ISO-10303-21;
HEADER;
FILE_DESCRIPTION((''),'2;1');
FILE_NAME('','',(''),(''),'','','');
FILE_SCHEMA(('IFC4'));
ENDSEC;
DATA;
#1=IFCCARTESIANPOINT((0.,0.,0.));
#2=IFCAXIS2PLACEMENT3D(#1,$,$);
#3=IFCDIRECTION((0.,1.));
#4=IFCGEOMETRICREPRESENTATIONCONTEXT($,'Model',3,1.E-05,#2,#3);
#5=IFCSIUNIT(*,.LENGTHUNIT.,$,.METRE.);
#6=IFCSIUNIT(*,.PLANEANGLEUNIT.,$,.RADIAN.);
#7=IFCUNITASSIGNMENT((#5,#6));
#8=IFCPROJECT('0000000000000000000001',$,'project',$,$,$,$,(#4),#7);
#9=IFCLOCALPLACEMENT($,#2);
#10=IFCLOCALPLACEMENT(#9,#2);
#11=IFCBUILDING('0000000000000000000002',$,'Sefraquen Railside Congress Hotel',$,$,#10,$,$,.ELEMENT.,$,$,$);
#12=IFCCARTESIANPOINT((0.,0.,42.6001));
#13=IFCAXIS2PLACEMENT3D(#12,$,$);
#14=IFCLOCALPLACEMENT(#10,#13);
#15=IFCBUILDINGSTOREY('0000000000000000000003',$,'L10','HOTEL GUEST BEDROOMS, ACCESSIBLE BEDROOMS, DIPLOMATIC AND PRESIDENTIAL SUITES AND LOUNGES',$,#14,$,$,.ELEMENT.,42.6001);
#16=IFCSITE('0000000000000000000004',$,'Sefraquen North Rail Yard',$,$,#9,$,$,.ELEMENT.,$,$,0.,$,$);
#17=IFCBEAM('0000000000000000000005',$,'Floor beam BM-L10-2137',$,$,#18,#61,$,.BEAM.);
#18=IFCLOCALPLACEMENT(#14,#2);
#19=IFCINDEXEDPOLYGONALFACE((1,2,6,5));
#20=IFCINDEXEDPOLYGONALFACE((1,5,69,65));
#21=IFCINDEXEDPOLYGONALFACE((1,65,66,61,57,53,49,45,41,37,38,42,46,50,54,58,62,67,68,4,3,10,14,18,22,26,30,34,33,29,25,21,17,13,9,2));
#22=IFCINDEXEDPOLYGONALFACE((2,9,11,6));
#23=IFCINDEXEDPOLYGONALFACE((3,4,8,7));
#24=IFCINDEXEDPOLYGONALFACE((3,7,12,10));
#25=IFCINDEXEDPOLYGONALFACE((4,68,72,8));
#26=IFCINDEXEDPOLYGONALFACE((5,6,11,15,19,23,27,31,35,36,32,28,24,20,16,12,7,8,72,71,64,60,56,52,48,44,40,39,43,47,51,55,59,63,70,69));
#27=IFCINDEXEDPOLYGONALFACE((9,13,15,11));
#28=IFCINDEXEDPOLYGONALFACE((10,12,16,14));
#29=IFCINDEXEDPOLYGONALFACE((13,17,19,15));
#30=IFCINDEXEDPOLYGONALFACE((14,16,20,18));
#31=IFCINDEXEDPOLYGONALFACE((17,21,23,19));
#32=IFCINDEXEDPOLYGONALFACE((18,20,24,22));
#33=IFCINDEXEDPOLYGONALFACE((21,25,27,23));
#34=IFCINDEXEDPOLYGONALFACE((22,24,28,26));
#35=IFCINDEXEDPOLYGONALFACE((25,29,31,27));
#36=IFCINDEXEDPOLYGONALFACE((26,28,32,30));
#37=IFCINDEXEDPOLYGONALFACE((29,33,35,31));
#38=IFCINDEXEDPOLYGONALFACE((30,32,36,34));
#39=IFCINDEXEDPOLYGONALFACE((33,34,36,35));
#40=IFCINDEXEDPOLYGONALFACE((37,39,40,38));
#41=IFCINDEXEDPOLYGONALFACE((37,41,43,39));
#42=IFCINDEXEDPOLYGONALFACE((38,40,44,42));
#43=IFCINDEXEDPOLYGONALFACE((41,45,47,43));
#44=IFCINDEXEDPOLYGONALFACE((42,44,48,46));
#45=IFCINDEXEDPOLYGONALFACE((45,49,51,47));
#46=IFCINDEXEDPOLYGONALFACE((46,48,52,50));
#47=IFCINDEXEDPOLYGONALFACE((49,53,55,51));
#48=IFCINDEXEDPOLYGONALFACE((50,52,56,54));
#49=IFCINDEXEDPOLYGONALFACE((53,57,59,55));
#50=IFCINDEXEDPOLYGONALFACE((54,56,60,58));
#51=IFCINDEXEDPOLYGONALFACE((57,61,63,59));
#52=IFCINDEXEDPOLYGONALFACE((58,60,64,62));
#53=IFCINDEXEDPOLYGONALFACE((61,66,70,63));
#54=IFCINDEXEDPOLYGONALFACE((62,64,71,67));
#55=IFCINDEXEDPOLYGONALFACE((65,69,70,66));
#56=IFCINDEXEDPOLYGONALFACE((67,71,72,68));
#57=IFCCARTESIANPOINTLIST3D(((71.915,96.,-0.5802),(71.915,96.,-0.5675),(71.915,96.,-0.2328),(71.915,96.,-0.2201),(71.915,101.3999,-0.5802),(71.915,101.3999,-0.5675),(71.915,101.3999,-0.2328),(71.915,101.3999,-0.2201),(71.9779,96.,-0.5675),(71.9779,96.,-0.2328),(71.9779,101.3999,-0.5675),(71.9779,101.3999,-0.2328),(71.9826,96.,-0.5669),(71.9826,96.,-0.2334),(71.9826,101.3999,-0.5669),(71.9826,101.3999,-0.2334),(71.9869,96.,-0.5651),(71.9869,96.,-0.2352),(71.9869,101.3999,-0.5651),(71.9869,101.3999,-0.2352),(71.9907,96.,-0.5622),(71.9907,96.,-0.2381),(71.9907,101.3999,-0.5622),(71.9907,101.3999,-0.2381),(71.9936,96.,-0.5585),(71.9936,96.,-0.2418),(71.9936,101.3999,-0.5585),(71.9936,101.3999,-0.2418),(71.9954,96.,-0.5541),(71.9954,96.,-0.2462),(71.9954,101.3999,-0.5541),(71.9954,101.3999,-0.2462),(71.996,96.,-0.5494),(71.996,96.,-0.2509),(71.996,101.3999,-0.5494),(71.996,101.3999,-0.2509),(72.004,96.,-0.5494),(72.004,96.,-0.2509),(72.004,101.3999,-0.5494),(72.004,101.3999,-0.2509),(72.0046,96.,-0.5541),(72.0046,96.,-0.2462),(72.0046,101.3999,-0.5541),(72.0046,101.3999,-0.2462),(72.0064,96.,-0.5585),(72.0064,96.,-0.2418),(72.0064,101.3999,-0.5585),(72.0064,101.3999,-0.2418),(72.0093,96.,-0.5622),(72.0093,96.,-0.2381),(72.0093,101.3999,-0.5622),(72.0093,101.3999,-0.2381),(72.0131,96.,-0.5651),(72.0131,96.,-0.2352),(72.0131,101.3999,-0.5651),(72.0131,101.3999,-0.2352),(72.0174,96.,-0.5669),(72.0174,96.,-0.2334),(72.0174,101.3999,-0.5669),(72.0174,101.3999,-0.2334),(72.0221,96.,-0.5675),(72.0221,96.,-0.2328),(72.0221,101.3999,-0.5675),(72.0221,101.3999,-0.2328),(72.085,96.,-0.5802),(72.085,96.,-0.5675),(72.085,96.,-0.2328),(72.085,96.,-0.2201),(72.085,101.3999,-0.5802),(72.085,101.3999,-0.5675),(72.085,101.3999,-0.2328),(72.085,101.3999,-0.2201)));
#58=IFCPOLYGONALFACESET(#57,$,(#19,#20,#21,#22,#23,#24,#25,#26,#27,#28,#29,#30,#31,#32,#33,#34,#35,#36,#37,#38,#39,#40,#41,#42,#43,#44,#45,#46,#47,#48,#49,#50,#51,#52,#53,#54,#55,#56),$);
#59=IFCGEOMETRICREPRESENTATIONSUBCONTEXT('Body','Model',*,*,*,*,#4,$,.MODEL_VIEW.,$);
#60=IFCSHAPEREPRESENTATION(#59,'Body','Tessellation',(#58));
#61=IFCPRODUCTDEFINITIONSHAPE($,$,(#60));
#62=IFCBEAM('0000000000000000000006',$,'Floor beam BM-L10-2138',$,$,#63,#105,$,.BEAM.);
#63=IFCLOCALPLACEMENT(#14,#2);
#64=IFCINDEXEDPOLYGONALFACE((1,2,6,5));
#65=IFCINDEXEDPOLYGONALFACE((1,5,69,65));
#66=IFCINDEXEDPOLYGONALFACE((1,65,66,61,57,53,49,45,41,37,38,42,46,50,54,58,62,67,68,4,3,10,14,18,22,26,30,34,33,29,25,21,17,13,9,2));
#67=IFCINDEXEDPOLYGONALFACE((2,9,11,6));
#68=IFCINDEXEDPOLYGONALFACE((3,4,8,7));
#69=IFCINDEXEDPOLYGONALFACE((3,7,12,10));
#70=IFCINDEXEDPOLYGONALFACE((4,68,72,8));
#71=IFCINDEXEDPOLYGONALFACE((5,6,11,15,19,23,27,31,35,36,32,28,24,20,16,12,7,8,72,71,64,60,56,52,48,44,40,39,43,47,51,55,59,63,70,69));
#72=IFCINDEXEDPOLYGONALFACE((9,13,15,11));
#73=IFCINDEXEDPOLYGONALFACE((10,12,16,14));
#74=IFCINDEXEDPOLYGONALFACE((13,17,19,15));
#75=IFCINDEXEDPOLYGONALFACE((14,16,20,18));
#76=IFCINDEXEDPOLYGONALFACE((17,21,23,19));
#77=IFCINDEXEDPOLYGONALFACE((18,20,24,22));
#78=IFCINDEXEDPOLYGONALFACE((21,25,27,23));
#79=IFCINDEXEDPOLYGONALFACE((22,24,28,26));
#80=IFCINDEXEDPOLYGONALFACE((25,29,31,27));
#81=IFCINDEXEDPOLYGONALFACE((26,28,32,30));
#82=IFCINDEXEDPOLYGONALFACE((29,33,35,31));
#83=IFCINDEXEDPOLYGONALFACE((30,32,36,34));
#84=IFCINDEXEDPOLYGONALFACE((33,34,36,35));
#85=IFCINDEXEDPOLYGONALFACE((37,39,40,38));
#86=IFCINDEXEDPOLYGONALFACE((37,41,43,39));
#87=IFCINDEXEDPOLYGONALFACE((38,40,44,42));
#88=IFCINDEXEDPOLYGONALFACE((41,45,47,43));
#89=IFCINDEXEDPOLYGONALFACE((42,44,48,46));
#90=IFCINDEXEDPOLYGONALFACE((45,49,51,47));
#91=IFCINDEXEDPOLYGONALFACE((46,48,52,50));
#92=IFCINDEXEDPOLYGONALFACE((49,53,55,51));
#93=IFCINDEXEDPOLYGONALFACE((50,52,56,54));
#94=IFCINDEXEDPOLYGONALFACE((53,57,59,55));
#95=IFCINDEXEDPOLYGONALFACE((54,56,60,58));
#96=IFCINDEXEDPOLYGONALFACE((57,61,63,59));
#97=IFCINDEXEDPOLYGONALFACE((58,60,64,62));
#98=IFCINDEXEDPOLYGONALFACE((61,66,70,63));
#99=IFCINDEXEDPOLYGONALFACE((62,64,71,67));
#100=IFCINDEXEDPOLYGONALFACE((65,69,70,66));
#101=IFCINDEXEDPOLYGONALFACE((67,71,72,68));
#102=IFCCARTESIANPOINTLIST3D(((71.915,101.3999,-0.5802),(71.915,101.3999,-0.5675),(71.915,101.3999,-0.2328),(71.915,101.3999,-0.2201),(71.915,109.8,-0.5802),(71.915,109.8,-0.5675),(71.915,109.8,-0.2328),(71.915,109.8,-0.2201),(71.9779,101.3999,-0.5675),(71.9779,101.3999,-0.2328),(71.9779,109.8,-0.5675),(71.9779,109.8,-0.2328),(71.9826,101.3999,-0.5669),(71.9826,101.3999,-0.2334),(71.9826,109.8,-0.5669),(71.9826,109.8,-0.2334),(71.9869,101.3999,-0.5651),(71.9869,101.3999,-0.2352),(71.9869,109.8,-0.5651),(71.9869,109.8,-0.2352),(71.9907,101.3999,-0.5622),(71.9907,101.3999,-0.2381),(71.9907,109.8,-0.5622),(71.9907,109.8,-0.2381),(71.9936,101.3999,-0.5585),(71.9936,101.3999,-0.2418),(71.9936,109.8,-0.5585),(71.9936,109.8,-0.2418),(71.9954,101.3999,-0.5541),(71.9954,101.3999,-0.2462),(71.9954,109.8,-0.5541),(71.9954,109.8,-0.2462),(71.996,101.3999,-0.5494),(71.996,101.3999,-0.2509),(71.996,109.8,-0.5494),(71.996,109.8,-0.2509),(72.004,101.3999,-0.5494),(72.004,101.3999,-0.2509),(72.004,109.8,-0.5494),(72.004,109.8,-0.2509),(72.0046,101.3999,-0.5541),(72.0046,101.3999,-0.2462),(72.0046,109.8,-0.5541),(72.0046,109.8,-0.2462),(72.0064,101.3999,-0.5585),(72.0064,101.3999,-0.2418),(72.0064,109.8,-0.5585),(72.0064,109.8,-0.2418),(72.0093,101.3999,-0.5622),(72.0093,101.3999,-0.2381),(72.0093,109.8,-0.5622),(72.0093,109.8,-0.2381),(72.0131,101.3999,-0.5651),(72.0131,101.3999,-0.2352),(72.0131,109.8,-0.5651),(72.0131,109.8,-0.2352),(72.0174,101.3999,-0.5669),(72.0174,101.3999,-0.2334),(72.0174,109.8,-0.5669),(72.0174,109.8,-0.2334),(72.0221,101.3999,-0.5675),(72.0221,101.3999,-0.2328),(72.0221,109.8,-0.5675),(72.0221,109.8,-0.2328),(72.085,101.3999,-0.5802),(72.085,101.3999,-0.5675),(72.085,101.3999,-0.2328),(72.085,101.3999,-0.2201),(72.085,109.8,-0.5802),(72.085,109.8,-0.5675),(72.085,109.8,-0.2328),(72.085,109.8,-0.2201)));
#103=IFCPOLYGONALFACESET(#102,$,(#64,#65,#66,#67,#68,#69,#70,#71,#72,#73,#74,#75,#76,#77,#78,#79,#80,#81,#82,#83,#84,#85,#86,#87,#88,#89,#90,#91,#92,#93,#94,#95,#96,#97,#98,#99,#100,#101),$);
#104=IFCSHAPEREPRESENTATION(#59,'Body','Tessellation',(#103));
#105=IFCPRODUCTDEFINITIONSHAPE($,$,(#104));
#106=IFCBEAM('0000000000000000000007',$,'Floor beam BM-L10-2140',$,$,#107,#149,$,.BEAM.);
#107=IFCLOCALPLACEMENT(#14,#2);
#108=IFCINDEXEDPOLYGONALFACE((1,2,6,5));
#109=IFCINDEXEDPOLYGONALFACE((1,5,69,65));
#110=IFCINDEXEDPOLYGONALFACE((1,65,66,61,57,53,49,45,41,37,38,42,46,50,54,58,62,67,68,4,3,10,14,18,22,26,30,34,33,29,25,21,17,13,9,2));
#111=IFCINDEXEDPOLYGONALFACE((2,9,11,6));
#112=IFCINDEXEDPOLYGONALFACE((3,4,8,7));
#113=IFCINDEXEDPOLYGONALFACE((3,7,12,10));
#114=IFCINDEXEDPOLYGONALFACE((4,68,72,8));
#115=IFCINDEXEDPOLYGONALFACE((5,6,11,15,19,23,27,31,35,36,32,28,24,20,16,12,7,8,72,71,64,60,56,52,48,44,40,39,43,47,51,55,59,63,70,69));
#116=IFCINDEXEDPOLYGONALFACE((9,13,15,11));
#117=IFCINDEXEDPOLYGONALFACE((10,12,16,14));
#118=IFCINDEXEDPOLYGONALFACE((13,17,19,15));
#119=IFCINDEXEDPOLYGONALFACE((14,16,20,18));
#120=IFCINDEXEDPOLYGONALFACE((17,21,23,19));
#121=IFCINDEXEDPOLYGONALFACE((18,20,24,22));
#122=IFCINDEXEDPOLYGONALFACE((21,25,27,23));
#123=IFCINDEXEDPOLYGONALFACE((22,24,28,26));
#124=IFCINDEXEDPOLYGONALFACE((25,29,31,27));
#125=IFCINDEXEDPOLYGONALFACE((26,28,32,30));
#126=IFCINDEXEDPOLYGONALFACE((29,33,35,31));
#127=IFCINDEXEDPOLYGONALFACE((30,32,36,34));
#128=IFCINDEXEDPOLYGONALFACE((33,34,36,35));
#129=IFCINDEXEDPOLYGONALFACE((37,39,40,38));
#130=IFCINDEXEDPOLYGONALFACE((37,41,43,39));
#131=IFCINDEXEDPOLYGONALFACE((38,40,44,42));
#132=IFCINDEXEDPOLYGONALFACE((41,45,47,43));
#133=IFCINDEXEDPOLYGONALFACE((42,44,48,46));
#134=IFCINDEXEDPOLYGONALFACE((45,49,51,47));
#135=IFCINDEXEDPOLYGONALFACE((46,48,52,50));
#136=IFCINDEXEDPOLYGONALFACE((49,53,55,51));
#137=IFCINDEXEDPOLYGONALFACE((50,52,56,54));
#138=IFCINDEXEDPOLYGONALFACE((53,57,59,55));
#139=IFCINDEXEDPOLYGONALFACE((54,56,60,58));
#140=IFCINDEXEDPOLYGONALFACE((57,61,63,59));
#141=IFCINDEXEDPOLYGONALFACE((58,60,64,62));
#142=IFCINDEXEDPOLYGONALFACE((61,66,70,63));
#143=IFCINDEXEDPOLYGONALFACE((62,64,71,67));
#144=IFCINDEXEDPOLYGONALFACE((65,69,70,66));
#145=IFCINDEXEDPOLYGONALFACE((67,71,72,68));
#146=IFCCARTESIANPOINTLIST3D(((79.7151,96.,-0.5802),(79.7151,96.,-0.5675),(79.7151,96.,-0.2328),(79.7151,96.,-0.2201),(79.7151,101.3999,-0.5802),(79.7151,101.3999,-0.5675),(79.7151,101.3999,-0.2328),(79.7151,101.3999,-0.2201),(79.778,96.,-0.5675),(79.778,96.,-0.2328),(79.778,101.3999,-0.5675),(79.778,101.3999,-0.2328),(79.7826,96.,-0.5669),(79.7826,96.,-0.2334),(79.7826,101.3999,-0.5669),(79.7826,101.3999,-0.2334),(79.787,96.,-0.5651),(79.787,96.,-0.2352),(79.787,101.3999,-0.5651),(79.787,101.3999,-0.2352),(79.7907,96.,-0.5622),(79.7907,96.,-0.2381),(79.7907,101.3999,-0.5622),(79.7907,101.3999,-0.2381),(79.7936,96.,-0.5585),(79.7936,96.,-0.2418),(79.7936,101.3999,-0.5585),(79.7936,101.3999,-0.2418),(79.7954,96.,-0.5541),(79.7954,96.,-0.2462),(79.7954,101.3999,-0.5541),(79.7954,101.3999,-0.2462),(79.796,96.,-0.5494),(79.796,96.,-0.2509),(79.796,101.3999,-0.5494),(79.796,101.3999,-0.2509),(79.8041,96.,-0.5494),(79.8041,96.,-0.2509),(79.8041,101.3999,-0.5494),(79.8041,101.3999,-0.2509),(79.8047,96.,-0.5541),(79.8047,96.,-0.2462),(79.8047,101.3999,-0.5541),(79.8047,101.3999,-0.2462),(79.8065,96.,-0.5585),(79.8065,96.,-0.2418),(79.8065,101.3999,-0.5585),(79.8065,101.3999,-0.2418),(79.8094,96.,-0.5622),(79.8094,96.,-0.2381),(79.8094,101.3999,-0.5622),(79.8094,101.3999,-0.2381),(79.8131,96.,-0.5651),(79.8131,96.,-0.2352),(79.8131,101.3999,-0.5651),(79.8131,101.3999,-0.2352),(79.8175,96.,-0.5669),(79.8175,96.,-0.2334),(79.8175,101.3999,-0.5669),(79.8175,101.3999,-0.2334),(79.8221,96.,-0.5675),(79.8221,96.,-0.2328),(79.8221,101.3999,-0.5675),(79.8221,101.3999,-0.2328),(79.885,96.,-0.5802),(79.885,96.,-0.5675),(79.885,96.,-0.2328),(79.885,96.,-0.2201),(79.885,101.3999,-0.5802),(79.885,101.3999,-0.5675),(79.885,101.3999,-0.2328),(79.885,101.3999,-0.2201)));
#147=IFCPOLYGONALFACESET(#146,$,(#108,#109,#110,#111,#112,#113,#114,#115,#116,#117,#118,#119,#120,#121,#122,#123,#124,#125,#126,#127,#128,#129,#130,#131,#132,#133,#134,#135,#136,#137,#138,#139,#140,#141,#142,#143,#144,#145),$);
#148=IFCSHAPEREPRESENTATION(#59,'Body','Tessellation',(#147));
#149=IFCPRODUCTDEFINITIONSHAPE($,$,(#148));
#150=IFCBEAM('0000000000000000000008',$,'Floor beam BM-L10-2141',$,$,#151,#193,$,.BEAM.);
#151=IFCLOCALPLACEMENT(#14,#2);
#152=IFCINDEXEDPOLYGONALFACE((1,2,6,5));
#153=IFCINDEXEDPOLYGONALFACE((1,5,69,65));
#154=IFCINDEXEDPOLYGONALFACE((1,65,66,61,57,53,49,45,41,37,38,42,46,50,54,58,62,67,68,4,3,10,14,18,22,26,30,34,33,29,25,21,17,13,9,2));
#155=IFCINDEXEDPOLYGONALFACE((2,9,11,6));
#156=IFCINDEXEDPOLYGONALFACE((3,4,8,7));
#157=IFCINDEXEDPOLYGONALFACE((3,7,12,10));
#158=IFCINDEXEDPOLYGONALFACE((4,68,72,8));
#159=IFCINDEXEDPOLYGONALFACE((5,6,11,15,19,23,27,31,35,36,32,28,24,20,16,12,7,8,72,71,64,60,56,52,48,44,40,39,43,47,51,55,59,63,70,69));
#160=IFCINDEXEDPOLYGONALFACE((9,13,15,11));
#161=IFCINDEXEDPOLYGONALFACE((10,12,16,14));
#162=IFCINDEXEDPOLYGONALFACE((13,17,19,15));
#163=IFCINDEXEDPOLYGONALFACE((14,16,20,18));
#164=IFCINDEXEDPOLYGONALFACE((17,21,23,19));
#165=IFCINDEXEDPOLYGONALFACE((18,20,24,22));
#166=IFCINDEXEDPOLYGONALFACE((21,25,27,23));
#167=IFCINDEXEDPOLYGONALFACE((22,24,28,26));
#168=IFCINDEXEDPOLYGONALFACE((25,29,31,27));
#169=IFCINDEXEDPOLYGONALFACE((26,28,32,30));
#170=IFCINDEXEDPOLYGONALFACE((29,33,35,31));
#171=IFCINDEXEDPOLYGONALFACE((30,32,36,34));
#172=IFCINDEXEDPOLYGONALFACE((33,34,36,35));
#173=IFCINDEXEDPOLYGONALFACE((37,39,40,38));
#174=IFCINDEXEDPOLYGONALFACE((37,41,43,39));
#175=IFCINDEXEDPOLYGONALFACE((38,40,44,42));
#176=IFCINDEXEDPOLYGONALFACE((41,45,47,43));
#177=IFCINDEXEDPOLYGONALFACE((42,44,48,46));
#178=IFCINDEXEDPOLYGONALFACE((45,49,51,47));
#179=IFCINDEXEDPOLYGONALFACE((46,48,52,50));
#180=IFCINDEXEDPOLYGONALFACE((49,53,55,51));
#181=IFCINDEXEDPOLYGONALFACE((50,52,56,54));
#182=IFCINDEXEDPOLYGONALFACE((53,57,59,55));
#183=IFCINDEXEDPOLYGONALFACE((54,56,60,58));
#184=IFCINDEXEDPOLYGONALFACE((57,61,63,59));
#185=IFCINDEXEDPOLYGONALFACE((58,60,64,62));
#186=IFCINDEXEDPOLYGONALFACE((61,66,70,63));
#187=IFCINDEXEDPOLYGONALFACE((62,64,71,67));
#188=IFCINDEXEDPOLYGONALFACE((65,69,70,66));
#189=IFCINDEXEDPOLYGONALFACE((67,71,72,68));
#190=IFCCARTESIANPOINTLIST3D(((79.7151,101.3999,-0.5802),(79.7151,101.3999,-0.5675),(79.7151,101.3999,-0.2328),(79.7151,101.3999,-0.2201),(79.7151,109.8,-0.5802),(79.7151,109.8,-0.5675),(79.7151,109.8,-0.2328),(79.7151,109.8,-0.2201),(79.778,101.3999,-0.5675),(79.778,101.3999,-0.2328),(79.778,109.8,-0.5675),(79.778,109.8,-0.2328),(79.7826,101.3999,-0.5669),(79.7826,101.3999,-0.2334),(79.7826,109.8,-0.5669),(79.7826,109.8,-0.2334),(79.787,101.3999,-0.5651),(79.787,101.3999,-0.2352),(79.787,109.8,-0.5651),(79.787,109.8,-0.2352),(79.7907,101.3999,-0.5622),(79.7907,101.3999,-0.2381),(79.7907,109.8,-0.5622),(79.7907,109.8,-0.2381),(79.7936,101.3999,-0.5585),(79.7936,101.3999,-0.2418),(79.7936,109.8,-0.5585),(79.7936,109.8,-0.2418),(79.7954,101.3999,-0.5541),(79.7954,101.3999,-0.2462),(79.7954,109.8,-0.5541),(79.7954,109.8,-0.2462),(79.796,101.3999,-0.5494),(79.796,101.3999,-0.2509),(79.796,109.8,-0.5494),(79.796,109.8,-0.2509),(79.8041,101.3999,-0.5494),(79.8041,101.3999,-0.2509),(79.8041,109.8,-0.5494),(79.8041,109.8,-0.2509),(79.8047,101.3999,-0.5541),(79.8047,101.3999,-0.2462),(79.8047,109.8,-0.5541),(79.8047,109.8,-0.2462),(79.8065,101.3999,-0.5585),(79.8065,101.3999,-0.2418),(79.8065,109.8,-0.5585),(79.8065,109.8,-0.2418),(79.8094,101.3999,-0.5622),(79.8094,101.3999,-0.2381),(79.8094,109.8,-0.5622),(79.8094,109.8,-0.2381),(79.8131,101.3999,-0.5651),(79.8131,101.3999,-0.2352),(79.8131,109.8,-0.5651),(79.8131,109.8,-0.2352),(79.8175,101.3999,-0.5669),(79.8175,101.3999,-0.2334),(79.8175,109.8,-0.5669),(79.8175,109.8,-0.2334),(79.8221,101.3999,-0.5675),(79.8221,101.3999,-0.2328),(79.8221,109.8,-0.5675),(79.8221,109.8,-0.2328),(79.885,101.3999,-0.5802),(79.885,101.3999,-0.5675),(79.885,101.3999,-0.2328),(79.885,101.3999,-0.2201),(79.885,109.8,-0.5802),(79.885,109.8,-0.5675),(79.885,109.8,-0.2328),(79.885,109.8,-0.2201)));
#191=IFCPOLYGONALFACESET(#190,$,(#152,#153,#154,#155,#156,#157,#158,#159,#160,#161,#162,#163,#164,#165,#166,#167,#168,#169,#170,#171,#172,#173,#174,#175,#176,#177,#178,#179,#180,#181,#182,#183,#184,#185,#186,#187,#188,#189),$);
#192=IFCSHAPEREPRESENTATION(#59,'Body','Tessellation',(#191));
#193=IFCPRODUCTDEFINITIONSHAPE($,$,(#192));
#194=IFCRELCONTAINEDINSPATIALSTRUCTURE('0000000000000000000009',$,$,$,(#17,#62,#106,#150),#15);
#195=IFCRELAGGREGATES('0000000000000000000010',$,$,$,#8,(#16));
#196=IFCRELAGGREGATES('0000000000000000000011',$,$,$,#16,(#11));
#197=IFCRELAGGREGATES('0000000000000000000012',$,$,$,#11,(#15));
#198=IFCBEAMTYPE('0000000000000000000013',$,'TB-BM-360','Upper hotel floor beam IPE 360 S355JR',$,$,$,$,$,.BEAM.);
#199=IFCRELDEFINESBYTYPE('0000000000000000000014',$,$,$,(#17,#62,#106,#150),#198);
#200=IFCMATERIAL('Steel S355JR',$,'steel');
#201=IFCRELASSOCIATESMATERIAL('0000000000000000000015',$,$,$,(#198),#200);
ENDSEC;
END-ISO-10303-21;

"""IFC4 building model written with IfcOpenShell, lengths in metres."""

from ifc_helpers import new_model, si_unit, direction, frame, origin, origin_2d, place, context, subcontext, project, spatial, i_section, extrude, material, material_profile, profile_set, type_object, element, save


model = new_model("IFC4")

# Units and contexts
model_context = context("Model", 3, precision=1e-05, world=origin(), true_north=direction((0.0, 1.0)))
body_context = subcontext(model_context, "Body", "Model", "MODEL_VIEW")
ifc_project = project(units=[si_unit("LENGTHUNIT", "METRE"), si_unit("PLANEANGLEUNIT", "RADIAN")], contexts=[model_context])

# Site, building, storey
site_placement = place(None, origin())
site = spatial("IfcSite", under=ifc_project, at=site_placement, Name="Sefraquen North Rail Yard", CompositionType="ELEMENT", RefElevation=0.0)
building_placement = place(site_placement, origin())
building = spatial("IfcBuilding", under=site, at=building_placement, Name="Sefraquen Railside Congress Hotel", CompositionType="ELEMENT")
storey_placement = place(building_placement, frame((0.0, 0.0, 42.6001)))
storey = spatial("IfcBuildingStorey", under=building, at=storey_placement, Name="L10", Description="HOTEL GUEST BEDROOMS, ACCESSIBLE BEDROOMS, DIPLOMATIC AND PRESIDENTIAL SUITES AND LOUNGES", CompositionType="ELEMENT", Elevation=42.6001)

# Shared definitions
ifc_material_1 = material(Name="Steel S355JR", Category="steel")

# Beams
ifc_material_profile_1 = material_profile(ifc_material_1, i_section(OverallWidth=0.1699, OverallDepth=0.3601, WebThickness=0.0081, FlangeThickness=0.0127, FilletRadius=0.0181, at=origin_2d()), Name="IPE 360")
ifc_profile_set_1 = profile_set([ifc_material_profile_1], Name="Steel S355JR")
beam_type_1 = type_object("IfcBeamType", Name="TB-BM-360", Description="Upper hotel floor beam IPE 360 S355JR", PredefinedType="BEAM", material=ifc_profile_set_1)
beam_1_placement = place(storey_placement, frame((72.0, 96.0, -0.4001), z_axis=(0.0, 1.0, 0.0), x_axis=(-1.0, 0.0, 0.0)))
element("IfcBeam", 1, at=beam_1_placement, inside=storey, type_object=beam_type_1, Name="Floor beam BM-L10-2137", PredefinedType="BEAM", context=body_context, shape_type="SweptSolid", body=[
    extrude(i_section(OverallWidth=0.1699, OverallDepth=0.3601, WebThickness=0.0081, FlangeThickness=0.0127, FilletRadius=0.0181, at=origin_2d()), origin(), (0.0, 0.0, 1.0), 5.3999),
])
beam_2_placement = place(storey_placement, frame((72.0, 101.3999, -0.4001), z_axis=(0.0, 1.0, 0.0), x_axis=(-1.0, 0.0, 0.0)))
element("IfcBeam", 2, at=beam_2_placement, inside=storey, type_object=beam_type_1, Name="Floor beam BM-L10-2138", PredefinedType="BEAM", context=body_context, shape_type="SweptSolid", body=[
    extrude(i_section(OverallWidth=0.1699, OverallDepth=0.3601, WebThickness=0.0081, FlangeThickness=0.0127, FilletRadius=0.0181, at=origin_2d()), origin(), (0.0, 0.0, 1.0), 8.4001),
])
beam_3_placement = place(storey_placement, frame((79.8, 96.0, -0.4001), z_axis=(0.0, 1.0, 0.0), x_axis=(-1.0, 0.0, 0.0)))
element("IfcBeam", 3, at=beam_3_placement, inside=storey, type_object=beam_type_1, Name="Floor beam BM-L10-2140", PredefinedType="BEAM", context=body_context, shape_type="SweptSolid", body=[
    extrude(i_section(OverallWidth=0.1699, OverallDepth=0.3601, WebThickness=0.0081, FlangeThickness=0.0127, FilletRadius=0.0181, at=origin_2d()), origin(), (0.0, 0.0, 1.0), 5.3999),
])
beam_4_placement = place(storey_placement, frame((79.8, 101.3999, -0.4001), z_axis=(0.0, 1.0, 0.0), x_axis=(-1.0, 0.0, 0.0)))
element("IfcBeam", 4, at=beam_4_placement, inside=storey, type_object=beam_type_1, Name="Floor beam BM-L10-2141", PredefinedType="BEAM", context=body_context, shape_type="SweptSolid", body=[
    extrude(i_section(OverallWidth=0.1699, OverallDepth=0.3601, WebThickness=0.0081, FlangeThickness=0.0127, FilletRadius=0.0181, at=origin_2d()), origin(), (0.0, 0.0, 1.0), 8.4001),
])

save(model, "model.ifc")
